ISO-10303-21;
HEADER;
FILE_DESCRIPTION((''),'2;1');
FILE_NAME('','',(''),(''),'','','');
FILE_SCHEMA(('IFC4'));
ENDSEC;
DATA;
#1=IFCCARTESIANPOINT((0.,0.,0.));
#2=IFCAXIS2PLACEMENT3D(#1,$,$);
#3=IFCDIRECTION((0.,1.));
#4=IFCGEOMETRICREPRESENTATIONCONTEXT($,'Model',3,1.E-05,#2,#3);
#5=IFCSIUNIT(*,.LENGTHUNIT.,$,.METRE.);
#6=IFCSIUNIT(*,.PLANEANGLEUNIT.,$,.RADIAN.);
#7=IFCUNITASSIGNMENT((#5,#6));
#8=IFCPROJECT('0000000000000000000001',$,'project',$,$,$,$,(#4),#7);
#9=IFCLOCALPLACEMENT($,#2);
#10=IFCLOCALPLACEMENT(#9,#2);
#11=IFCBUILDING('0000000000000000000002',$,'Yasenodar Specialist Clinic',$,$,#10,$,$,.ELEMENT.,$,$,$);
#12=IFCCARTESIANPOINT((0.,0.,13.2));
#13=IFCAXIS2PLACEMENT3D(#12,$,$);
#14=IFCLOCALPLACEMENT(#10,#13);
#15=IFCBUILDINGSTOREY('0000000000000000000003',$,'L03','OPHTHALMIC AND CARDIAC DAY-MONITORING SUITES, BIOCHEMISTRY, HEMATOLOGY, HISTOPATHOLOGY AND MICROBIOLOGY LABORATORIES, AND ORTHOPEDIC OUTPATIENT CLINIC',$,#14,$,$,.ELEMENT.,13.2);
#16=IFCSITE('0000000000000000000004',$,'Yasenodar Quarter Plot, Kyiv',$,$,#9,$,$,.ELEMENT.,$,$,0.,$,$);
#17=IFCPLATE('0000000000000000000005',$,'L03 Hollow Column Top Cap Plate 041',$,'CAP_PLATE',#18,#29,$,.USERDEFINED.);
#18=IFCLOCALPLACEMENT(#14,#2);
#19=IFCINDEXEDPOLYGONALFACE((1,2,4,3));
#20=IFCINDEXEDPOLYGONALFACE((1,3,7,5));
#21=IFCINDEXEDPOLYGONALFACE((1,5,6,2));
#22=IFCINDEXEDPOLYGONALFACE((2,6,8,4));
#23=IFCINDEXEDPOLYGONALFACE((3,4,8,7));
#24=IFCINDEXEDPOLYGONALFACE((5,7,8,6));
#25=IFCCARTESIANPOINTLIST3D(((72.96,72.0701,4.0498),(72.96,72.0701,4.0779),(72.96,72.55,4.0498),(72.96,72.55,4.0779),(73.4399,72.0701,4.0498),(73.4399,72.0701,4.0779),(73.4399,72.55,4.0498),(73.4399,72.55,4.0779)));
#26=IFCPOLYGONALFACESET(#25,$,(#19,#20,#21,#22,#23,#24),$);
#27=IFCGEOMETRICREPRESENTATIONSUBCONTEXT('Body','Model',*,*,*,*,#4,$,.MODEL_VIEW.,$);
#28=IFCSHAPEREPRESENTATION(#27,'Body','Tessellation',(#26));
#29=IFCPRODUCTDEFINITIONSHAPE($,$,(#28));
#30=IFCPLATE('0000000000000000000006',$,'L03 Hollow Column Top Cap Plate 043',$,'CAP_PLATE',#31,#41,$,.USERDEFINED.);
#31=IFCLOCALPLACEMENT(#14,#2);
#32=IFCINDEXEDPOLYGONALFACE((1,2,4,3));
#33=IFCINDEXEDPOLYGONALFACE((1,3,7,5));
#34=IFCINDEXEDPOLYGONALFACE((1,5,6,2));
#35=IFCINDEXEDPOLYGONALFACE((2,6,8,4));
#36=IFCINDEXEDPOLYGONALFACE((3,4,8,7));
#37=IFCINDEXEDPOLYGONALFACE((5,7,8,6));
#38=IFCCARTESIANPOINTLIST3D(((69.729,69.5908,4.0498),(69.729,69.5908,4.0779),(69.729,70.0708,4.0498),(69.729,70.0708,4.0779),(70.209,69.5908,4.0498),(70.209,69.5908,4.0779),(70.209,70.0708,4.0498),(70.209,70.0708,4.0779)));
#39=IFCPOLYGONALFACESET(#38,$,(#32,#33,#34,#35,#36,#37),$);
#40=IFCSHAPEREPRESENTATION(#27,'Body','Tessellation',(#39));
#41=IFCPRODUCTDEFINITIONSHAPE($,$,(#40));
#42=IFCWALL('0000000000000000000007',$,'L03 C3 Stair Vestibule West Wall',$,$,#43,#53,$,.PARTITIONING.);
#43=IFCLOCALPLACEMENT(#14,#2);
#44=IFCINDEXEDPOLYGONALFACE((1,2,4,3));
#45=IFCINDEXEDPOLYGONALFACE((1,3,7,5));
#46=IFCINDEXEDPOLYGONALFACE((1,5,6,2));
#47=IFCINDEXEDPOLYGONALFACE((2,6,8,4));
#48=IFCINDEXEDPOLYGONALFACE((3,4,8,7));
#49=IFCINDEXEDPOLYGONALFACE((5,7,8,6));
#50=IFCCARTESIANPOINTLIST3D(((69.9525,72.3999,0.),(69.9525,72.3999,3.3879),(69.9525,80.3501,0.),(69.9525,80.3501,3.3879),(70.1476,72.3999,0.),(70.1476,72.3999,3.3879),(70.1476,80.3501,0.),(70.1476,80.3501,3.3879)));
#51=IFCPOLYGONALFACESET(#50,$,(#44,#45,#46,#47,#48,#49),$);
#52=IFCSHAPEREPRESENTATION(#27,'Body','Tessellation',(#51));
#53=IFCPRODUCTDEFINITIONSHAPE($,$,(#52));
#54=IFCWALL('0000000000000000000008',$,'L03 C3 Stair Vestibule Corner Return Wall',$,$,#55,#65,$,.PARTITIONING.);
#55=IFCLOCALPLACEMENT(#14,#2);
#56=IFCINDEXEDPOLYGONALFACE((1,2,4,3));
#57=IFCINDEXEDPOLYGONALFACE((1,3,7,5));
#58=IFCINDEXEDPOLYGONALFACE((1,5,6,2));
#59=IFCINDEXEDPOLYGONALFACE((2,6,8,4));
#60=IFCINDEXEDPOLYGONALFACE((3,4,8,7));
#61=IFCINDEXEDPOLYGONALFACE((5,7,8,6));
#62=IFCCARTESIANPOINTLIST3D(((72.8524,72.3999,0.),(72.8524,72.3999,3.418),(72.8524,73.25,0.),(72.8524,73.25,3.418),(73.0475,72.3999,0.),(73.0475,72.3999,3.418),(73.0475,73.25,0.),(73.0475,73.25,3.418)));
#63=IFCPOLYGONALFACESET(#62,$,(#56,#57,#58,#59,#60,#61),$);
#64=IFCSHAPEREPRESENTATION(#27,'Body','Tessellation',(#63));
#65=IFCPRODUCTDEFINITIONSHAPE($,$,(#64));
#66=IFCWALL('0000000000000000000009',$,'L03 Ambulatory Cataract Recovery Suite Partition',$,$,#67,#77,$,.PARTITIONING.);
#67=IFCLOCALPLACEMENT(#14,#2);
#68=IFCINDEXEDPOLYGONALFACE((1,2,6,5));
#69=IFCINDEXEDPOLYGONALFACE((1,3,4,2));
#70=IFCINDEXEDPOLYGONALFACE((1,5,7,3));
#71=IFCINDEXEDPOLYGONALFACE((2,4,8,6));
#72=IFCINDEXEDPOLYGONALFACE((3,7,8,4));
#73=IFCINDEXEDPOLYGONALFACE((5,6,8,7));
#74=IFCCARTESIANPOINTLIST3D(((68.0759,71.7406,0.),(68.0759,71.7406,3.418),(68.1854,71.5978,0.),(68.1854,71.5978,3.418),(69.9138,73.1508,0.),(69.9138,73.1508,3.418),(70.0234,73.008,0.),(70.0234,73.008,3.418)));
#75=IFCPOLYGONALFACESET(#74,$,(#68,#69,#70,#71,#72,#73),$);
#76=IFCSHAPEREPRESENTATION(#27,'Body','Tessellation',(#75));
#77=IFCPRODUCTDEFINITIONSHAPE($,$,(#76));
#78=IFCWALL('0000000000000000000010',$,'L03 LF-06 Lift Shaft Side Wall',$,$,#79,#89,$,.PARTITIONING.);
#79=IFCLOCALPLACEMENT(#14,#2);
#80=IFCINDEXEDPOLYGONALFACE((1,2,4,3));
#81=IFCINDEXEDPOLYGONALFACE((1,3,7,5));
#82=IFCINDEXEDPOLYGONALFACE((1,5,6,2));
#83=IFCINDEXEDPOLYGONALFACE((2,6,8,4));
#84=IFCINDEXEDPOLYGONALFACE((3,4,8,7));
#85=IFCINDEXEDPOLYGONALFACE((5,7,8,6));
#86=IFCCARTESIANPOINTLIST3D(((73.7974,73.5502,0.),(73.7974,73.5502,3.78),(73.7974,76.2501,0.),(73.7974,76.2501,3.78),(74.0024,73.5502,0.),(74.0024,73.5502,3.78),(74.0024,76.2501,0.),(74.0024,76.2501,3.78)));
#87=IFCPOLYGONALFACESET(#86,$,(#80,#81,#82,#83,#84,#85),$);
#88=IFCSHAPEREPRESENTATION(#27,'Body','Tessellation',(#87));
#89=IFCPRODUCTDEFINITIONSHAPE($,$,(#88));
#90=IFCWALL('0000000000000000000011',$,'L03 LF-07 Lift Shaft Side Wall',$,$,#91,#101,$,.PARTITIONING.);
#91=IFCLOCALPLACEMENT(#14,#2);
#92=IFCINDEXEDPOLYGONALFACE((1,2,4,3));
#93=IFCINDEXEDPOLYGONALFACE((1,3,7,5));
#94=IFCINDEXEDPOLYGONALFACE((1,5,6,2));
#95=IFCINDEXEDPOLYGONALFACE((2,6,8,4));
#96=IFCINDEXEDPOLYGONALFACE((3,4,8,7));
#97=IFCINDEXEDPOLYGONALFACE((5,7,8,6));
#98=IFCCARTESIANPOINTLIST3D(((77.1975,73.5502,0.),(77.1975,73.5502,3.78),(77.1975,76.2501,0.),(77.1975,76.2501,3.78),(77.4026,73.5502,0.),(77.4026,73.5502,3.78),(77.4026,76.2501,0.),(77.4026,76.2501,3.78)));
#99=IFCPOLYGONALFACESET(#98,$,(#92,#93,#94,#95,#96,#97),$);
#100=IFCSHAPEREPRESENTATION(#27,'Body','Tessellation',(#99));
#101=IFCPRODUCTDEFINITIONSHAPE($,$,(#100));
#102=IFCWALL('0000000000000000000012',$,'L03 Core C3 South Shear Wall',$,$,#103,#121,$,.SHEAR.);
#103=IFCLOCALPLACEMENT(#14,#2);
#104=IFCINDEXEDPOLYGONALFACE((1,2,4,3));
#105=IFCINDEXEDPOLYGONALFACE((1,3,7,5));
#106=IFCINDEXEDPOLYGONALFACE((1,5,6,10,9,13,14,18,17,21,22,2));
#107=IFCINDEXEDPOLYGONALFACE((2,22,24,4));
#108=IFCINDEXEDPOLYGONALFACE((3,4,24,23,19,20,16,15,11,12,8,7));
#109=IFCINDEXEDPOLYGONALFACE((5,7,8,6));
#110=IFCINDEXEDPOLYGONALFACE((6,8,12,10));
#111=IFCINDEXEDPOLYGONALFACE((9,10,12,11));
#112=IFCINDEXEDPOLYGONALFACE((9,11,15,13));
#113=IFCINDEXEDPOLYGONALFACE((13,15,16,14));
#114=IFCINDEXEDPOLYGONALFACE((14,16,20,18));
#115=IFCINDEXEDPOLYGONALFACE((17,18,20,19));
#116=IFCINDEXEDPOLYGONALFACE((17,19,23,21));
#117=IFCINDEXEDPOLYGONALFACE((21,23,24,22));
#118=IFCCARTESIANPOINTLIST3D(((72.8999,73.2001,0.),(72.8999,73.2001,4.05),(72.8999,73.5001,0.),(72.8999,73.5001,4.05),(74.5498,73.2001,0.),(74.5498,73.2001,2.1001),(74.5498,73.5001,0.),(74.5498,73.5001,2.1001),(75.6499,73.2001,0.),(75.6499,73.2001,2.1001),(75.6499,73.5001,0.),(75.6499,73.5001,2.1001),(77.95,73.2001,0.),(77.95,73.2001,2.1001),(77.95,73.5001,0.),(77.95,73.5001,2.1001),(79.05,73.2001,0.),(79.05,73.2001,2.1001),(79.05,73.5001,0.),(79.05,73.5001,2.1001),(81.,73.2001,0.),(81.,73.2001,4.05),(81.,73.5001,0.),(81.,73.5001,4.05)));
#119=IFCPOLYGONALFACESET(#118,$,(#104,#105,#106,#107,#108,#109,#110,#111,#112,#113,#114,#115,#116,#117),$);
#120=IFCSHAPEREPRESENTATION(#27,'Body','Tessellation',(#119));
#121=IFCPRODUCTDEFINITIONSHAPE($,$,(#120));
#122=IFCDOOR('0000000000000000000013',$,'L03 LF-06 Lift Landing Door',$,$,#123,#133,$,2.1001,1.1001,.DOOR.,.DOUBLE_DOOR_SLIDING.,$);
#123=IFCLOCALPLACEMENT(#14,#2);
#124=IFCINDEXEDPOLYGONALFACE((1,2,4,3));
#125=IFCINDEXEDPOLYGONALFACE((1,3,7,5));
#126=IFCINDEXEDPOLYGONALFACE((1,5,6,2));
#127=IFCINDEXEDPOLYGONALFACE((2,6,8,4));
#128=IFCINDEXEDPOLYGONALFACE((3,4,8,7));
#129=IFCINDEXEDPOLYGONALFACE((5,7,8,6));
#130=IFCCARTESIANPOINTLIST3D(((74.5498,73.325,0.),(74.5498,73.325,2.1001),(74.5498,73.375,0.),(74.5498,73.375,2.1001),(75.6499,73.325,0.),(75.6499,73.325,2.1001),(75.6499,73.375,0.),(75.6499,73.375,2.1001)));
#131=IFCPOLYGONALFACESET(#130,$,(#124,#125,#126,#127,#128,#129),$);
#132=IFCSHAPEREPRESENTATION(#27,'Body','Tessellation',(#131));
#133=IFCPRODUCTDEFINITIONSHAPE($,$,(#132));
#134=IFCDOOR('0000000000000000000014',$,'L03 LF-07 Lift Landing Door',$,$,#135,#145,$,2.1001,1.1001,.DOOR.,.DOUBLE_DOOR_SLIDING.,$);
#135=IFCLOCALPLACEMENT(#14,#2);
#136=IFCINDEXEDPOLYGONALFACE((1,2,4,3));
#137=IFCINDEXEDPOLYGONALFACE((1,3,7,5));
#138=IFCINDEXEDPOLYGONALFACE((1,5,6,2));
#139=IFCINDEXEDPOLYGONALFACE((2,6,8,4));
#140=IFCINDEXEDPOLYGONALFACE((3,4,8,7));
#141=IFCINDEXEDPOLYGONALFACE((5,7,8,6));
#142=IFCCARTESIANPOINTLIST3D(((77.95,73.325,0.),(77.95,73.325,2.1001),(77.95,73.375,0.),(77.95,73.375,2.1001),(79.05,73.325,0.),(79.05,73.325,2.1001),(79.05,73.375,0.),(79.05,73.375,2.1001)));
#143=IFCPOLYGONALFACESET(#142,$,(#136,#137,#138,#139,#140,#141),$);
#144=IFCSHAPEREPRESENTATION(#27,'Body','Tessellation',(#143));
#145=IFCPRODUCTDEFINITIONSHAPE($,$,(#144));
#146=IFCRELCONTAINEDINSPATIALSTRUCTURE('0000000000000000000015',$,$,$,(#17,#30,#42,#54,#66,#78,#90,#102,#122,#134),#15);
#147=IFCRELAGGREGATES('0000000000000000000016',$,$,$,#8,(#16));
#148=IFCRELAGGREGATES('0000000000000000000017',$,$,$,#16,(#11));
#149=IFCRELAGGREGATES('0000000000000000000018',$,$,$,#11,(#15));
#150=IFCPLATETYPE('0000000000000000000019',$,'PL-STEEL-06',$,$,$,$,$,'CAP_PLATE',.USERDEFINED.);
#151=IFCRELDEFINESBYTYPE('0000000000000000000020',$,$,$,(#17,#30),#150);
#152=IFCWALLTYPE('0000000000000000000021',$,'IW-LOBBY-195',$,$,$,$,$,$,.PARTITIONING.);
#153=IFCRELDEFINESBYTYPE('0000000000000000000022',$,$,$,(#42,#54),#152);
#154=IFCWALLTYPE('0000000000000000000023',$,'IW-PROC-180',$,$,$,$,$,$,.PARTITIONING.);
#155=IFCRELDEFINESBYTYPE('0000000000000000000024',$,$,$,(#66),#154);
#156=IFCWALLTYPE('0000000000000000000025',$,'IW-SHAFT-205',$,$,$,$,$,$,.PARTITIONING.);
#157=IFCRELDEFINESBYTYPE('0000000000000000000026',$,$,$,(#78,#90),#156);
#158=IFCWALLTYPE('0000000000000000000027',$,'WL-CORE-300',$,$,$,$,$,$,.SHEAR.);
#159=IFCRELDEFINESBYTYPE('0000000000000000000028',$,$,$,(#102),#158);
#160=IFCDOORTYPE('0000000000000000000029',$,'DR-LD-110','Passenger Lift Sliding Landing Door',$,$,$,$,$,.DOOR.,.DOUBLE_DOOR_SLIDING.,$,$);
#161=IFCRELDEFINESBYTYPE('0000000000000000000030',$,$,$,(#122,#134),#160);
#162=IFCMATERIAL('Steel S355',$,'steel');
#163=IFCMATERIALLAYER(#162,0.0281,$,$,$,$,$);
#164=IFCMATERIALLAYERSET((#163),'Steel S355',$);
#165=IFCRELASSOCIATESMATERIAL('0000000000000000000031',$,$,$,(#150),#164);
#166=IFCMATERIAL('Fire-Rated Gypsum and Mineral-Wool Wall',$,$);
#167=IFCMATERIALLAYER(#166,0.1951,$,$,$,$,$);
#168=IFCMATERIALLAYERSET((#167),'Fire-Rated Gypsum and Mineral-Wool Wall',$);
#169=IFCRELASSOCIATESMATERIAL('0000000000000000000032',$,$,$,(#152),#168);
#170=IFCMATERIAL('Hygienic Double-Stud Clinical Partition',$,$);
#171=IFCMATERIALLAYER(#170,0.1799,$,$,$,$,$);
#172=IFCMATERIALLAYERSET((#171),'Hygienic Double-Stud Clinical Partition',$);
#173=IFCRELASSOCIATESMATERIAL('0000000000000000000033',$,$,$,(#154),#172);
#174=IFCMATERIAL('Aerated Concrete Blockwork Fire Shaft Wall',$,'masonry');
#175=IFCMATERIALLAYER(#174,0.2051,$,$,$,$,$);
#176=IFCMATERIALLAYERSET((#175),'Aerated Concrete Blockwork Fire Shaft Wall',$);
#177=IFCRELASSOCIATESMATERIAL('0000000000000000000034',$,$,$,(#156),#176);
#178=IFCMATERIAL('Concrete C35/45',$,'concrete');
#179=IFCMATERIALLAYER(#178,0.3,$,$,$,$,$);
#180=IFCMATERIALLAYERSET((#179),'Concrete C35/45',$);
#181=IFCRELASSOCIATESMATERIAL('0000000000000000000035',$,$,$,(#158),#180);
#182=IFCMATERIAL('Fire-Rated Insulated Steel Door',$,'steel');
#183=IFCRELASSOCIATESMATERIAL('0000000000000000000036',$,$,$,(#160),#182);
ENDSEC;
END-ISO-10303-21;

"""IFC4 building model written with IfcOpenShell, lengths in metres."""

from ifc_helpers import new_model, si_unit, direction, frame, frame_2d, origin, origin_2d, place, context, subcontext, project, spatial, rectangle, extrude, material, layer, layer_set, type_object, element, fill, save


model = new_model("IFC4")

# Units and contexts
model_context = context("Model", 3, precision=1e-05, world=origin(), true_north=direction((0.0, 1.0)))
body_context = subcontext(model_context, "Body", "Model", "MODEL_VIEW")
ifc_project = project(units=[si_unit("LENGTHUNIT", "METRE"), si_unit("PLANEANGLEUNIT", "RADIAN")], contexts=[model_context])

# Site, building, storey
site_placement = place(None, origin())
site = spatial("IfcSite", under=ifc_project, at=site_placement, Name="Yasenodar Quarter Plot, Kyiv", CompositionType="ELEMENT", RefElevation=0.0)
building_placement = place(site_placement, origin())
building = spatial("IfcBuilding", under=site, at=building_placement, Name="Yasenodar Specialist Clinic", CompositionType="ELEMENT")
storey_placement = place(building_placement, frame((0.0, 0.0, 13.2)))
storey = spatial("IfcBuildingStorey", under=building, at=storey_placement, Name="L03", Description="OPHTHALMIC AND CARDIAC DAY-MONITORING SUITES, BIOCHEMISTRY, HEMATOLOGY, HISTOPATHOLOGY AND MICROBIOLOGY LABORATORIES, AND ORTHOPEDIC OUTPATIENT CLINIC", CompositionType="ELEMENT", Elevation=13.2)

# Shared definitions
ifc_material_1 = material(Name="Steel S355", Category="steel")

# Plates
ifc_layer_1 = layer(ifc_material_1, 0.0281)
ifc_layer_set_1 = layer_set([ifc_layer_1], Name="Steel S355")
plate_type = type_object("IfcPlateType", Name="PL-STEEL-06", ElementType="CAP_PLATE", PredefinedType="USERDEFINED", material=ifc_layer_set_1)
for number, where, z_axis, x_axis, name in (
    (1, (73.2, 72.3101, 4.0498), (0.0, 0.0, 1.0), (1.0, 0.0, 0.0), "L03 Hollow Column Top Cap Plate 041"),
    (2, (69.969, 69.8308, 4.0498), (0.0, 0.0, 1.0), (1.0, 0.0, 0.0), "L03 Hollow Column Top Cap Plate 043"),
):
    element("IfcPlate", number, at=place(storey_placement, frame(where, z_axis=z_axis, x_axis=x_axis)), inside=storey, type_object=plate_type, Name=name, ObjectType="CAP_PLATE", PredefinedType="USERDEFINED", context=body_context, shape_type="SweptSolid", body=[
        extrude(rectangle(XDim=0.48, YDim=0.48, at=origin_2d()), origin(), (0.0, 0.0, 1.0), 0.0281),
    ])

# Wall
ifc_material_2 = material(Name="Fire-Rated Gypsum and Mineral-Wool Wall")
ifc_layer_2 = layer(ifc_material_2, 0.1951)
ifc_layer_set_2 = layer_set([ifc_layer_2], Name="Fire-Rated Gypsum and Mineral-Wool Wall")
wall_type_1 = type_object("IfcWallType", Name="IW-LOBBY-195", PredefinedType="PARTITIONING", material=ifc_layer_set_2)
wall_1_placement = place(storey_placement, frame((70.05, 72.3999, 0.0), z_axis=(0.0, 0.0, 1.0), x_axis=(0.0, 1.0, 0.0)))
element("IfcWall", 3, at=wall_1_placement, inside=storey, type_object=wall_type_1, Name="L03 C3 Stair Vestibule West Wall", PredefinedType="PARTITIONING", context=body_context, shape_type="SweptSolid", body=[
    extrude(rectangle(XDim=7.9502, YDim=0.1951, at=frame_2d((3.9751, 0.0))), origin(), (0.0, 0.0, 1.0), 3.3879),
])

# Shared definitions
ifc_material_3 = material(Name="Fire-Rated Insulated Steel Door", Category="steel")

# Walls
wall_2_placement = place(storey_placement, frame((72.95, 72.3999, 0.0), z_axis=(0.0, 0.0, 1.0), x_axis=(0.0, 1.0, 0.0)))
element("IfcWall", 4, at=wall_2_placement, inside=storey, type_object=wall_type_1, Name="L03 C3 Stair Vestibule Corner Return Wall", PredefinedType="PARTITIONING", context=body_context, shape_type="SweptSolid", body=[
    extrude(rectangle(XDim=0.8501, YDim=0.1951, at=frame_2d((0.425, 0.0))), origin(), (0.0, 0.0, 1.0), 3.418),
])
ifc_material_4 = material(Name="Hygienic Double-Stud Clinical Partition")
ifc_layer_3 = layer(ifc_material_4, 0.1799)
ifc_layer_set_3 = layer_set([ifc_layer_3], Name="Hygienic Double-Stud Clinical Partition")
wall_type_2 = type_object("IfcWallType", Name="IW-PROC-180", PredefinedType="PARTITIONING", material=ifc_layer_set_3)
wall_3_placement = place(storey_placement, frame((69.9685, 73.0793, 0.0), z_axis=(0.0, 0.0, 1.0), x_axis=(-0.793376, -0.608732, 0.0)))
element("IfcWall", 5, at=wall_3_placement, inside=storey, type_object=wall_type_2, Name="L03 Ambulatory Cataract Recovery Suite Partition", PredefinedType="PARTITIONING", context=body_context, shape_type="SweptSolid", body=[
    extrude(rectangle(XDim=2.3167, YDim=0.1799, at=frame_2d((1.1582, 0.0))), origin(), (0.0, 0.0, 1.0), 3.418),
])
ifc_material_5 = material(Name="Aerated Concrete Blockwork Fire Shaft Wall", Category="masonry")
ifc_layer_4 = layer(ifc_material_5, 0.2051)
ifc_layer_set_4 = layer_set([ifc_layer_4], Name="Aerated Concrete Blockwork Fire Shaft Wall")
wall_type_3 = type_object("IfcWallType", Name="IW-SHAFT-205", PredefinedType="PARTITIONING", material=ifc_layer_set_4)
for number, where, z_axis, x_axis, name in (
    (6, (73.8999, 73.55, 0.0), (0.0, 0.0, 1.0), (0.0, 1.0, 0.0), "L03 LF-06 Lift Shaft Side Wall"),
    (7, (77.3, 73.55, 0.0), (0.0, 0.0, 1.0), (0.0, 1.0, 0.0), "L03 LF-07 Lift Shaft Side Wall"),
):
    element("IfcWall", number, at=place(storey_placement, frame(where, z_axis=z_axis, x_axis=x_axis)), inside=storey, type_object=wall_type_3, Name=name, PredefinedType="PARTITIONING", context=body_context, shape_type="SweptSolid", body=[
        extrude(rectangle(XDim=2.7, YDim=0.2051, at=frame_2d((1.3501, 0.0))), origin(), (0.0, 0.0, 1.0), 3.78),
    ])

# Wall, openings, doors
ifc_material_6 = material(Name="Concrete C35/45", Category="concrete")
ifc_layer_5 = layer(ifc_material_6, 0.3)
ifc_layer_set_5 = layer_set([ifc_layer_5], Name="Concrete C35/45")
wall_type_4 = type_object("IfcWallType", Name="WL-CORE-300", PredefinedType="SHEAR", material=ifc_layer_set_5)
wall_4_placement = place(storey_placement, frame((72.8999, 73.3501, 0.0), z_axis=(0.0, 0.0, 1.0), x_axis=(1.0, 0.0, 0.0)))
wall_4 = element("IfcWall", 8, at=wall_4_placement, inside=storey, type_object=wall_type_4, Name="L03 Core C3 South Shear Wall", PredefinedType="SHEAR", context=body_context, shape_type="SweptSolid", body=[
    extrude(rectangle(XDim=8.1001, YDim=0.3, at=frame_2d((4.05, 0.0))), origin(), (0.0, 0.0, 1.0), 4.05),
])
opening_1_placement = place(wall_4_placement, frame((1.6499, 0.0, 0.0)))
opening_1 = element("IfcOpeningElement", 9, at=opening_1_placement, cuts=wall_4, PredefinedType="OPENING", context=body_context, shape_type="SweptSolid", body=[
    extrude(rectangle(XDim=1.1001, YDim=2.1001, at=frame_2d((0.55, 1.05))), frame((0.0, 0.1602, 0.0), z_axis=(0.0, -1.0, 0.0), x_axis=(1.0, 0.0, 0.0)), (0.0, 0.0, 1.0), 0.3201),
])
opening_2_placement = place(wall_4_placement, frame((5.05, 0.0, 0.0)))
opening_2 = element("IfcOpeningElement", 10, at=opening_2_placement, cuts=wall_4, PredefinedType="OPENING", context=body_context, shape_type="SweptSolid", body=[
    extrude(rectangle(XDim=1.1001, YDim=2.1001, at=frame_2d((0.55, 1.05))), frame((0.0, 0.1602, 0.0), z_axis=(0.0, -1.0, 0.0), x_axis=(1.0, 0.0, 0.0)), (0.0, 0.0, 1.0), 0.3201),
])
door_type_1 = type_object("IfcDoorType", Name="DR-LD-110", Description="Passenger Lift Sliding Landing Door", OperationType="DOUBLE_DOOR_SLIDING", PredefinedType="DOOR", material=ifc_material_3)
door_1_placement = place(opening_1_placement, origin())
door_1 = element("IfcDoor", 11, at=door_1_placement, inside=storey, type_object=door_type_1, Name="L03 LF-06 Lift Landing Door", OperationType="DOUBLE_DOOR_SLIDING", OverallHeight=2.1001, OverallWidth=1.1001, PredefinedType="DOOR", context=body_context, shape_type="SweptSolid", body=[
    extrude(rectangle(XDim=1.1001, YDim=2.1001, at=frame_2d((0.55, 1.05))), frame((0.0, 0.0249, 0.0), z_axis=(0.0, -1.0, 0.0), x_axis=(1.0, 0.0, 0.0)), (0.0, 0.0, 1.0), 0.05),
])
fill(opening_1, door_1)
door_2_placement = place(opening_2_placement, origin())
door_2 = element("IfcDoor", 12, at=door_2_placement, inside=storey, type_object=door_type_1, Name="L03 LF-07 Lift Landing Door", OperationType="DOUBLE_DOOR_SLIDING", OverallHeight=2.1001, OverallWidth=1.1001, PredefinedType="DOOR", context=body_context, shape_type="SweptSolid", body=[
    extrude(rectangle(XDim=1.1001, YDim=2.1001, at=frame_2d((0.55, 1.05))), frame((0.0, 0.0249, 0.0), z_axis=(0.0, -1.0, 0.0), x_axis=(1.0, 0.0, 0.0)), (0.0, 0.0, 1.0), 0.05),
])
fill(opening_2, door_2)

save(model, "model.ifc")
